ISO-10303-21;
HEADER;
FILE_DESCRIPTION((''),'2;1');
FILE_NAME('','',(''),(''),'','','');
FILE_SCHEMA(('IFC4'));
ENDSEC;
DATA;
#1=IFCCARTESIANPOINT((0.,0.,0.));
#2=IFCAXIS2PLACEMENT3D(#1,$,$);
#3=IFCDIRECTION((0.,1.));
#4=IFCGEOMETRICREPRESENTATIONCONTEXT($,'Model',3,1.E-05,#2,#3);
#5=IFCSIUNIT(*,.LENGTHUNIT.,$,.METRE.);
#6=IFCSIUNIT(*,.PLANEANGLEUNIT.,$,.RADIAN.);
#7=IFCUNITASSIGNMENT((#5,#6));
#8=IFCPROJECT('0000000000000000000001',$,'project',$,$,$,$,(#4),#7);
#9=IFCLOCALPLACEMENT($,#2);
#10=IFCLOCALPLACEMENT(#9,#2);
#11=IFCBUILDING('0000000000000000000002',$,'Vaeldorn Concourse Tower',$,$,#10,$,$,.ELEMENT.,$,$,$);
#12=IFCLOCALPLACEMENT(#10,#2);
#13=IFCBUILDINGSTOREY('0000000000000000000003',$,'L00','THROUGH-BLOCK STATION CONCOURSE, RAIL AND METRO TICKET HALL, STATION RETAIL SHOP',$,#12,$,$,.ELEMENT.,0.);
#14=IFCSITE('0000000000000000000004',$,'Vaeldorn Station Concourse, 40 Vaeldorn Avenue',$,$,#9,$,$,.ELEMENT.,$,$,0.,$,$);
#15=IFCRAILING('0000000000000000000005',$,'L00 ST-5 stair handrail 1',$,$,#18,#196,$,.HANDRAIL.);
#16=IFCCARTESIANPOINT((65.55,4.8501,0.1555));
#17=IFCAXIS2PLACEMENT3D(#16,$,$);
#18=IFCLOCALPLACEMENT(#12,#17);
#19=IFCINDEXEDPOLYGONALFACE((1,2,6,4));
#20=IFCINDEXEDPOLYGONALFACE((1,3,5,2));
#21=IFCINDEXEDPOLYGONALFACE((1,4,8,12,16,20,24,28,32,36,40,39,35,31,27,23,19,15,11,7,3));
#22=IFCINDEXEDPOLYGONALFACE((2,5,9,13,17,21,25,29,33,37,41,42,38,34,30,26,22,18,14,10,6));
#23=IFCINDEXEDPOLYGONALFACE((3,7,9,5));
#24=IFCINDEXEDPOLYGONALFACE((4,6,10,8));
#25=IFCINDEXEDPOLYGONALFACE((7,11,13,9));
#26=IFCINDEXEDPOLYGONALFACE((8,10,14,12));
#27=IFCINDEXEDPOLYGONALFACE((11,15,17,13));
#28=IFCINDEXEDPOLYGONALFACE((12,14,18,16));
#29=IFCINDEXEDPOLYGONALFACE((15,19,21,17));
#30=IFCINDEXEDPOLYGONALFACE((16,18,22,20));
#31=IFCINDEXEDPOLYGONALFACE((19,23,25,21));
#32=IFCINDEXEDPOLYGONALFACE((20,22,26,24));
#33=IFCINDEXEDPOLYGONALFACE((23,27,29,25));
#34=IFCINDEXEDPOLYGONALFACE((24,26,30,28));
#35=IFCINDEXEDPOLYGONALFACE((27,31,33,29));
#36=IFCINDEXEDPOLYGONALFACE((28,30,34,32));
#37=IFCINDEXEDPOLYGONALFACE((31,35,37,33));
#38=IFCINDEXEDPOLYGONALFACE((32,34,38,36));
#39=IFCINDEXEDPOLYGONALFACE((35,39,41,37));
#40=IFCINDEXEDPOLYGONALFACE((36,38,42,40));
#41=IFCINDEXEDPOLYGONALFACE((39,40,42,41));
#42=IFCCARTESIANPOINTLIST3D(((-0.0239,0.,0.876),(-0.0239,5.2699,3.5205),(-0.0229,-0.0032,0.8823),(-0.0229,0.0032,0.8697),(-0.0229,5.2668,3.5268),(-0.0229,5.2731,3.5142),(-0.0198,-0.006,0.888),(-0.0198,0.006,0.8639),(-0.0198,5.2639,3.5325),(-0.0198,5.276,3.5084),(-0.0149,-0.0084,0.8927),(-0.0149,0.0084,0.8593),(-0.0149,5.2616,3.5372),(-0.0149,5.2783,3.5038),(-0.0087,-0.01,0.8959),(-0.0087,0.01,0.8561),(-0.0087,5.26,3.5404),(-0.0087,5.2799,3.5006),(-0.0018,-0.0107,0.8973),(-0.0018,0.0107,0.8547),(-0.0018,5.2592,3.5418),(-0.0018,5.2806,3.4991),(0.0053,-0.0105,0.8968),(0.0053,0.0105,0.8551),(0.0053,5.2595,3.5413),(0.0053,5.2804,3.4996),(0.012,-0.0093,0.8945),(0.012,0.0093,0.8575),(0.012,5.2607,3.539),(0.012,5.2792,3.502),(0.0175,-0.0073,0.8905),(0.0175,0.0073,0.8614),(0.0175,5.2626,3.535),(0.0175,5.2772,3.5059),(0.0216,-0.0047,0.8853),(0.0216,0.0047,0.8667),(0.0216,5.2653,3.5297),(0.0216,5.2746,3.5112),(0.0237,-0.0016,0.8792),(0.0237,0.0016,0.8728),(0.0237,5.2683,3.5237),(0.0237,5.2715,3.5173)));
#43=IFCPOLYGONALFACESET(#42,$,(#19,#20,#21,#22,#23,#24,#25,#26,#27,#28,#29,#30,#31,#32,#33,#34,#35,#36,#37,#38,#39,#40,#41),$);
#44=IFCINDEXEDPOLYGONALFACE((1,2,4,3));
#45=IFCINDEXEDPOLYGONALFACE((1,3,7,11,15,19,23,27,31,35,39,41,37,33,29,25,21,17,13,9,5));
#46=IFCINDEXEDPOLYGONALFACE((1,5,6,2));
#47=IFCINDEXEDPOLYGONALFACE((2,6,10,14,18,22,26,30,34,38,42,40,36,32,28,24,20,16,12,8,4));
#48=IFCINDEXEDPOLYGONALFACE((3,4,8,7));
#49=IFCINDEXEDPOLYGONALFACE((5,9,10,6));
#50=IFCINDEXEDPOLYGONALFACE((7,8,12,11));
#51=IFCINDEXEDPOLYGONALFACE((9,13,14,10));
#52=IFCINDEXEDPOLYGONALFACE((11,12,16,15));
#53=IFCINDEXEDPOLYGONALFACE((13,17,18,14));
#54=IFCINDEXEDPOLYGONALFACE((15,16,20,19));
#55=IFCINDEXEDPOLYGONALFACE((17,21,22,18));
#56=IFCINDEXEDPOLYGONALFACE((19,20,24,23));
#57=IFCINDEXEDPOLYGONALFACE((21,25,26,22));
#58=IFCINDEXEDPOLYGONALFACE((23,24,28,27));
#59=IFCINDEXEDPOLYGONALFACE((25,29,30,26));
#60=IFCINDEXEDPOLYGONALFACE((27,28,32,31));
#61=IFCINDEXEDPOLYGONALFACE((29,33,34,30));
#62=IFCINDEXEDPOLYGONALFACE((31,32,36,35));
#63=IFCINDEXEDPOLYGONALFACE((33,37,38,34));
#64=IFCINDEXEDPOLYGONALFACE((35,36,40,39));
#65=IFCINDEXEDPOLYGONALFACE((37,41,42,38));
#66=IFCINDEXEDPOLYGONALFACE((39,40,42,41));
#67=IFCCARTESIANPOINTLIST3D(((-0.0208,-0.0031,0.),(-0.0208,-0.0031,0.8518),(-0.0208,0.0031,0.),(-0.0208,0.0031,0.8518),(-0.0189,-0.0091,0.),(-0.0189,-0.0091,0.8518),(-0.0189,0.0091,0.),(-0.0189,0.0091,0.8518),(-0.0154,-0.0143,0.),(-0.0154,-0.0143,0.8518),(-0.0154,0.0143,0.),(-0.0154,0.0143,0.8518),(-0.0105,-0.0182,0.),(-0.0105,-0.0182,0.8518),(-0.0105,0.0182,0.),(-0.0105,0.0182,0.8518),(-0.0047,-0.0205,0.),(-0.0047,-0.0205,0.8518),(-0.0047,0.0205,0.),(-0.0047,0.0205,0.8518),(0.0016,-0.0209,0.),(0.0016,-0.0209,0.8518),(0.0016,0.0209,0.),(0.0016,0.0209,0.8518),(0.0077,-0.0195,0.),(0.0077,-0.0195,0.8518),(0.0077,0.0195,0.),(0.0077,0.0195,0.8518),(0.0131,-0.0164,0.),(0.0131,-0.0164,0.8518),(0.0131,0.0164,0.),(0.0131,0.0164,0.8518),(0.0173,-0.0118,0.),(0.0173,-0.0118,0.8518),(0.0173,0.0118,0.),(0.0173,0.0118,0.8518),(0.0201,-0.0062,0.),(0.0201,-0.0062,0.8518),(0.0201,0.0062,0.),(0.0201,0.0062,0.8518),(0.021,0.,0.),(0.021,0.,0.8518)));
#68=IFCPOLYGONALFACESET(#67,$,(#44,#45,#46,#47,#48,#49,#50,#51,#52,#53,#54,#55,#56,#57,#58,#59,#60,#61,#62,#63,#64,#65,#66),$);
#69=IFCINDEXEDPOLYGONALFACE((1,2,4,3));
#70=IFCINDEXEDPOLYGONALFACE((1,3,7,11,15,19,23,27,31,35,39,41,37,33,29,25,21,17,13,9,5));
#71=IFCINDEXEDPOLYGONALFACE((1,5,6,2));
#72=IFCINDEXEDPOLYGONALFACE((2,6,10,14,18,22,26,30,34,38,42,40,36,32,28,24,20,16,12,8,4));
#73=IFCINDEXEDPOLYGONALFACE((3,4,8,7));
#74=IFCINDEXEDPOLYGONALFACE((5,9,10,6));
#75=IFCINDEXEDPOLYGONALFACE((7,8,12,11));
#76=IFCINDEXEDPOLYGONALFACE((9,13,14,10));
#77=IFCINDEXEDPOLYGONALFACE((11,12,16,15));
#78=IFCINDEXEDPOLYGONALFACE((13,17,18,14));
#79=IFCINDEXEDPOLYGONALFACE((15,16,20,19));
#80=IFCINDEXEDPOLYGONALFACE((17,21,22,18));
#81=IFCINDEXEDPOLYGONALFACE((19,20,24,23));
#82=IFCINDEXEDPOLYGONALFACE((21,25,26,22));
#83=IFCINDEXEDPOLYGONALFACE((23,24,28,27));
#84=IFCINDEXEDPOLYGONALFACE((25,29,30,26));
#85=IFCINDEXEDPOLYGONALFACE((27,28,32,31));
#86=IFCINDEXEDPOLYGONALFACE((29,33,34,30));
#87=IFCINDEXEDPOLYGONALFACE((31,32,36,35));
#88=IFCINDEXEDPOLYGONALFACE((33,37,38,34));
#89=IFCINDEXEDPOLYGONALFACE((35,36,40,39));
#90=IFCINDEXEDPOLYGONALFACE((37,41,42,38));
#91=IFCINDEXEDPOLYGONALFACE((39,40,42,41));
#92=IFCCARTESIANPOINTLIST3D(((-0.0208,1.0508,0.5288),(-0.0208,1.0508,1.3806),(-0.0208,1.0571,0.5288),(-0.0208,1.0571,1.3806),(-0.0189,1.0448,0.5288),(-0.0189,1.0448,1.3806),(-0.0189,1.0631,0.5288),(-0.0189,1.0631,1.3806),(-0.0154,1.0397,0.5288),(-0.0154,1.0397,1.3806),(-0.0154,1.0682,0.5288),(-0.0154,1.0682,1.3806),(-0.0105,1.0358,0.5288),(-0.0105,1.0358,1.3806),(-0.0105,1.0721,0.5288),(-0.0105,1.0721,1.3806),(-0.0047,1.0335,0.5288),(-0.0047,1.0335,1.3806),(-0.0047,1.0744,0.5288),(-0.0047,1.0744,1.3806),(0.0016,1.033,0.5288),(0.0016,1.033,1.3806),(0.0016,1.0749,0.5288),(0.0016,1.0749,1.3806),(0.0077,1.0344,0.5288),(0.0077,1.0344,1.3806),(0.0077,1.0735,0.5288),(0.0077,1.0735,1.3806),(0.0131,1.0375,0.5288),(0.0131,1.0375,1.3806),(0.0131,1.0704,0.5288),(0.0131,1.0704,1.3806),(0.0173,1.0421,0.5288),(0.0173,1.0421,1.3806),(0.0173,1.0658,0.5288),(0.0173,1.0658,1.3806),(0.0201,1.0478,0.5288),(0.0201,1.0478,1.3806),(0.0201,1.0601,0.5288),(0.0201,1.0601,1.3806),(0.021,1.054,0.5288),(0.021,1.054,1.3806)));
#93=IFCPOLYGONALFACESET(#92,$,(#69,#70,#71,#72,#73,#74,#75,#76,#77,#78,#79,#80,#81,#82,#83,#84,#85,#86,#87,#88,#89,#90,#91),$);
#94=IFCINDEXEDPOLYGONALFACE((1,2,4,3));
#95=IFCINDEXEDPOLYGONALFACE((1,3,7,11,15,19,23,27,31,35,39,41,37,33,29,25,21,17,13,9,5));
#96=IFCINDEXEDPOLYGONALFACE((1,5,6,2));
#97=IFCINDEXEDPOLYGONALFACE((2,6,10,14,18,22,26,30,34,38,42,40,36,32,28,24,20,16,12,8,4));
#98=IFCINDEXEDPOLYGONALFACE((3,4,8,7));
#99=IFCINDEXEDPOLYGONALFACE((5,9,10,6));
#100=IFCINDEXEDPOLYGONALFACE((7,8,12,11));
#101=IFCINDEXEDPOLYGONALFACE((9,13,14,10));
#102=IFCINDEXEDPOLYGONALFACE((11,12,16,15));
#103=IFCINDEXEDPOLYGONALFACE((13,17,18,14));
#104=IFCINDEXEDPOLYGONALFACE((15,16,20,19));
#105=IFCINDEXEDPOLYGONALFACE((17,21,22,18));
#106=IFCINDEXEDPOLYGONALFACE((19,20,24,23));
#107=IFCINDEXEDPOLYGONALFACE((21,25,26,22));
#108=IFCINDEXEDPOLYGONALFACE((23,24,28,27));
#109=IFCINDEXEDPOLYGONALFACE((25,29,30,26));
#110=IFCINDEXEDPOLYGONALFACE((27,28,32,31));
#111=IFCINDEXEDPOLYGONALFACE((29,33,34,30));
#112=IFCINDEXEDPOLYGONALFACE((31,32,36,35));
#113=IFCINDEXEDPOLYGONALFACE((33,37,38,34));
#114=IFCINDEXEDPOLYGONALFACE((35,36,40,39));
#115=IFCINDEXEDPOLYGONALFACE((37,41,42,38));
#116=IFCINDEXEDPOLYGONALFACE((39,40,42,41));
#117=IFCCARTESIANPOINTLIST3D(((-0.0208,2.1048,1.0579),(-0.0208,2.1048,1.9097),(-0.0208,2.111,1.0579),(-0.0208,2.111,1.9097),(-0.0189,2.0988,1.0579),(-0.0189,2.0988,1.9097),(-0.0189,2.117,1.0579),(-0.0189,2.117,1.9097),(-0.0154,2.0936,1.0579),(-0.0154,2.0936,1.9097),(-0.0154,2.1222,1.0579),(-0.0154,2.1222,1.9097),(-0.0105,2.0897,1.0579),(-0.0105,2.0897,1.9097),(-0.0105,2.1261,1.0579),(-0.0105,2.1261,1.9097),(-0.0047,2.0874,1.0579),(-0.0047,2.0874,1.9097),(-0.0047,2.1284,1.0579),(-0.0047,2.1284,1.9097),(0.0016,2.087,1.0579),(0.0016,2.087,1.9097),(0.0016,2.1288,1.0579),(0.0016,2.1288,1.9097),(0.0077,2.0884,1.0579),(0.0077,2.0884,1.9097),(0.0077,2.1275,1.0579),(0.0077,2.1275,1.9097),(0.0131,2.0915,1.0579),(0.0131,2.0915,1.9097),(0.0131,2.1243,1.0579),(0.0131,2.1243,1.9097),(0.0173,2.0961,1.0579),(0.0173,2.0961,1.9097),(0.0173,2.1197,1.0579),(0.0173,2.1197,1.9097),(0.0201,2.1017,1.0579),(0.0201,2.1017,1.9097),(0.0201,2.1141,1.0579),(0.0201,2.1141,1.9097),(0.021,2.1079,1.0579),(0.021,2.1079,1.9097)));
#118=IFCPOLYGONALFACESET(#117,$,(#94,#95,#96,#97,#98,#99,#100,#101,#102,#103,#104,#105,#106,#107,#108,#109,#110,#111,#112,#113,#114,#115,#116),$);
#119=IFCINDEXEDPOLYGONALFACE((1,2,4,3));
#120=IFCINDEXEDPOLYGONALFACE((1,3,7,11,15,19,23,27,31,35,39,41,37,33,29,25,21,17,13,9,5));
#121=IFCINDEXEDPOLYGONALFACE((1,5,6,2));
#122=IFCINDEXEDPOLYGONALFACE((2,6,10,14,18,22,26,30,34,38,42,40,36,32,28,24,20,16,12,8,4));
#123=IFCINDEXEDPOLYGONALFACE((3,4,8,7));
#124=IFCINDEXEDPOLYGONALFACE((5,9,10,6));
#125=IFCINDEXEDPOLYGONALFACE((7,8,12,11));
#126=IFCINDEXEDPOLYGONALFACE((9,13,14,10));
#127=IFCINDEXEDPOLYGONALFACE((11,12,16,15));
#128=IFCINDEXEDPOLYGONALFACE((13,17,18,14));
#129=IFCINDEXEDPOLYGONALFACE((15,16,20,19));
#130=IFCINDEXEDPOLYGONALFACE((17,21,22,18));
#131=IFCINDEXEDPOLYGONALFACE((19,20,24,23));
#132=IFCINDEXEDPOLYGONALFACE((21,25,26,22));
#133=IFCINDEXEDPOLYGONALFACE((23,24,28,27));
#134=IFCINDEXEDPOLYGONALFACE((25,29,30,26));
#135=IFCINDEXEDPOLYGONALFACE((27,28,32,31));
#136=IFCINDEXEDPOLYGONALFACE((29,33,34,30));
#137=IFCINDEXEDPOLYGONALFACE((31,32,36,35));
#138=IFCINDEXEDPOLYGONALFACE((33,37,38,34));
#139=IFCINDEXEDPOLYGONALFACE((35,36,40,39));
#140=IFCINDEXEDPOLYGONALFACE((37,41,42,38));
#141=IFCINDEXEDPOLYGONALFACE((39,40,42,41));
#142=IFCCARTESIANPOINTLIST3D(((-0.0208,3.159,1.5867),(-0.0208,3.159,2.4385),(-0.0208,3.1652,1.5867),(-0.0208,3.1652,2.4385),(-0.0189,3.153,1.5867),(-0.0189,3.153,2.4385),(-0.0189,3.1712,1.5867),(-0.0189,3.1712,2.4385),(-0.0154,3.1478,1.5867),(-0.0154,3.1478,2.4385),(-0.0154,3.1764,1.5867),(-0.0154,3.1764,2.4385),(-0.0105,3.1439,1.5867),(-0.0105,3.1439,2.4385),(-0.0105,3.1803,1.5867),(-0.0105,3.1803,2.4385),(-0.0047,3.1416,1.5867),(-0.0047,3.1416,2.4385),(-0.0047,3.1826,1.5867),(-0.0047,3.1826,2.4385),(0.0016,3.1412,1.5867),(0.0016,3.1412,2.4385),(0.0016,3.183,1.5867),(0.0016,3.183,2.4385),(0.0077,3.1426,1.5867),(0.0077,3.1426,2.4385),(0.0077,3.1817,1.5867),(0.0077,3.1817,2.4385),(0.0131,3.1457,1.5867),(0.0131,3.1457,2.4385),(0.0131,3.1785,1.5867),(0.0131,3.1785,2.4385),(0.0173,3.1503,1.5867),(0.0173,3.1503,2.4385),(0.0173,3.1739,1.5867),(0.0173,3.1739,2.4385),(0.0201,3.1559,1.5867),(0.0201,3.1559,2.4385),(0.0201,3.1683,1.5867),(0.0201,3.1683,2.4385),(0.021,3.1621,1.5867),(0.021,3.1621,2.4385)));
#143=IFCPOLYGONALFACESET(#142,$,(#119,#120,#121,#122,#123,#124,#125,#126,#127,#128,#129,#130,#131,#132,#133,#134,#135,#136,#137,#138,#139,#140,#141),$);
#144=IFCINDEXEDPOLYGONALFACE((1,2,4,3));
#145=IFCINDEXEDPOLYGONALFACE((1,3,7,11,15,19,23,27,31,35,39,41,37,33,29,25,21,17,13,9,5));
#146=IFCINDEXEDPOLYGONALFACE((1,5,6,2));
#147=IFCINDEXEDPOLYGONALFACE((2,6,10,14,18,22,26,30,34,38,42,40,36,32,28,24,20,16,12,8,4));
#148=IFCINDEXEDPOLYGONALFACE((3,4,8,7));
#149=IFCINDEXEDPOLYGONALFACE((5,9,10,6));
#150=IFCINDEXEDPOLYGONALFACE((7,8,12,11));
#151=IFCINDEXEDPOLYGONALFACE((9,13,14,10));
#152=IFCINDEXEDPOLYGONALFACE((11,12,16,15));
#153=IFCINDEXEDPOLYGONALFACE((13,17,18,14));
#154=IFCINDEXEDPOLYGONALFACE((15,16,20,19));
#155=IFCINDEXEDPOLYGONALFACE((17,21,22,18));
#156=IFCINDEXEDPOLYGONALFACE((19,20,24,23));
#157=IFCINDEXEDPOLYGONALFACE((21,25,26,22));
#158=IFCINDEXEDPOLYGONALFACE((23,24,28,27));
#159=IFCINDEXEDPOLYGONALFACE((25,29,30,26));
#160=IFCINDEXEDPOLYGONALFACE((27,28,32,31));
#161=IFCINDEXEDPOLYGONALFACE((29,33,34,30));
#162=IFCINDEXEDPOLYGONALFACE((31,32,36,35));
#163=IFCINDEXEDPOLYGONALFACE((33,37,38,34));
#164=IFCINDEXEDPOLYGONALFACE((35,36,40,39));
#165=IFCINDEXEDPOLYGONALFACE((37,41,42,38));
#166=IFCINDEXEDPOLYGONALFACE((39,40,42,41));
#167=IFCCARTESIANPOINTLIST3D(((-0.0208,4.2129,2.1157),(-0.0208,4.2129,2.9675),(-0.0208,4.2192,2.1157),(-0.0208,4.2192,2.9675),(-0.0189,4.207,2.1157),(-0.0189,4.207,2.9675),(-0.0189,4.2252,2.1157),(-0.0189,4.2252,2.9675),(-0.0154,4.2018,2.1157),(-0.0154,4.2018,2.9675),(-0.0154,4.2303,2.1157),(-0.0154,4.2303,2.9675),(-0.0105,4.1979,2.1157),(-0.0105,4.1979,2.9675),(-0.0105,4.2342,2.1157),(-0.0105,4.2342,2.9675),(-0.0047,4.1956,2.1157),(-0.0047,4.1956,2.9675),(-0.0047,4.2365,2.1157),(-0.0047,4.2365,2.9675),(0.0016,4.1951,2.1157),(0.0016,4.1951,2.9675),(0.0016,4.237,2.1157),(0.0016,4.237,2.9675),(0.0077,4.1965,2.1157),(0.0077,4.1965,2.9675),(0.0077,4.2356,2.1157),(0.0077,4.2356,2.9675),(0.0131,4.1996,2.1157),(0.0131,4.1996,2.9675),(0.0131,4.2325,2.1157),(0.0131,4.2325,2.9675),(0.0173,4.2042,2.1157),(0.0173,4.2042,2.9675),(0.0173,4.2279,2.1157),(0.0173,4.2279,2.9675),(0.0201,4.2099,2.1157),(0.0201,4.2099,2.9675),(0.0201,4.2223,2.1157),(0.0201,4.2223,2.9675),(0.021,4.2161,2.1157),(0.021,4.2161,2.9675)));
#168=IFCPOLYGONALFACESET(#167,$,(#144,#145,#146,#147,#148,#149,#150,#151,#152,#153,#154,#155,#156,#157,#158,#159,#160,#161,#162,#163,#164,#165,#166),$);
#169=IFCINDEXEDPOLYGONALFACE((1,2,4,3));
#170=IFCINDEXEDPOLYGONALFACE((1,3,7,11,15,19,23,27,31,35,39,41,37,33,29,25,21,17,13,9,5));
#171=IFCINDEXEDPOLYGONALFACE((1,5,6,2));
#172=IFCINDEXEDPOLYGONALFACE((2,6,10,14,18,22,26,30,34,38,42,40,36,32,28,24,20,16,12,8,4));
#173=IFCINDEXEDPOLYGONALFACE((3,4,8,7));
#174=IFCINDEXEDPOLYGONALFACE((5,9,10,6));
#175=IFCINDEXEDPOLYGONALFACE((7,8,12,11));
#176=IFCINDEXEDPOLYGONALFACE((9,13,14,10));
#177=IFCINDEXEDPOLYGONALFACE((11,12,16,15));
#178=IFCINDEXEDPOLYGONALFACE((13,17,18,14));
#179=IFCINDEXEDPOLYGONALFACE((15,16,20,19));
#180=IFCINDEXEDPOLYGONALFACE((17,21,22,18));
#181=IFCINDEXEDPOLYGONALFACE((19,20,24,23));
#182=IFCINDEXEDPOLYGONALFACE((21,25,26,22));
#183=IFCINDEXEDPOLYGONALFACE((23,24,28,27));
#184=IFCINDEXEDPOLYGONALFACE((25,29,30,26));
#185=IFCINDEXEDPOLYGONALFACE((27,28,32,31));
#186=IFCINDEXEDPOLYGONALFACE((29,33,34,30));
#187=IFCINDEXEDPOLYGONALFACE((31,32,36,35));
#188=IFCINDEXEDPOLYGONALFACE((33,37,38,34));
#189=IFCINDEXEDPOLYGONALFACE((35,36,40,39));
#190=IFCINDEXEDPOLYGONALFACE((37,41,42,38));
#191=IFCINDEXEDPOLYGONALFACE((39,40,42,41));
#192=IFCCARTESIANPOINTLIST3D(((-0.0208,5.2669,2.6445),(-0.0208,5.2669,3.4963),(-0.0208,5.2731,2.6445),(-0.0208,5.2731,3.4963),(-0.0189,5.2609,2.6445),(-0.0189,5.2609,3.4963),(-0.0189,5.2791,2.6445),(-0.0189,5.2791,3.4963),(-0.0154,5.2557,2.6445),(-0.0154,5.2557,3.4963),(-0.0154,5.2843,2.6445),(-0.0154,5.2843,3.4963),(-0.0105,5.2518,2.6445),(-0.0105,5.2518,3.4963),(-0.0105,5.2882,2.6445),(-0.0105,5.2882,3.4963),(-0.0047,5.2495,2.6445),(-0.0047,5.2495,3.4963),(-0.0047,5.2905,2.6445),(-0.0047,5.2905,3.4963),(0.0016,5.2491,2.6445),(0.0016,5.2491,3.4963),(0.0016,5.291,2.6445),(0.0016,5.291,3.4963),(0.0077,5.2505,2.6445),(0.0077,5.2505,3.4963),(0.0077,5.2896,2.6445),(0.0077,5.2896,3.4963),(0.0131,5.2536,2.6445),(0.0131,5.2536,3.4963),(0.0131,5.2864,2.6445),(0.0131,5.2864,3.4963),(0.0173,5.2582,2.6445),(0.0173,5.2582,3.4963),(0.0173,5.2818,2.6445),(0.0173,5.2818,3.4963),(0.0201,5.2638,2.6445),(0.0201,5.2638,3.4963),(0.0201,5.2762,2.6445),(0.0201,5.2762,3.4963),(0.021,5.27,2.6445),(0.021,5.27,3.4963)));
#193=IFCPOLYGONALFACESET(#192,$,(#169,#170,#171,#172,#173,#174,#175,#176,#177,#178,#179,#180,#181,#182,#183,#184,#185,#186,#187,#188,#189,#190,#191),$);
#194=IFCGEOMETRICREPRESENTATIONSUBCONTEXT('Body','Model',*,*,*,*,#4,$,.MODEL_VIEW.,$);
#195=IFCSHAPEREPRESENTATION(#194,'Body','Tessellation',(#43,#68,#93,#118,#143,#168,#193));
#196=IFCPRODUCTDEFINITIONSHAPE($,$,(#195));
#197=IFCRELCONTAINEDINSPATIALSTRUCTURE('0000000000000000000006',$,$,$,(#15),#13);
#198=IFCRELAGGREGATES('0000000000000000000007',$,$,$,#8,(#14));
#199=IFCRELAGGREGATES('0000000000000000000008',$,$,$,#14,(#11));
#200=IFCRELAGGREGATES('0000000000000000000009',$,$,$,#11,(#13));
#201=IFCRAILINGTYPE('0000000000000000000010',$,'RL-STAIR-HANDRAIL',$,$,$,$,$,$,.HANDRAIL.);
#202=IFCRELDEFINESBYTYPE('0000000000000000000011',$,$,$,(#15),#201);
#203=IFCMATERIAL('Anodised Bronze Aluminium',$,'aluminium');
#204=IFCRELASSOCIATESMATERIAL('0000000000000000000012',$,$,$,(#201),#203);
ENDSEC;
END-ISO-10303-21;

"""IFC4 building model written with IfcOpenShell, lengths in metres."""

from ifc_helpers import new_model, si_unit, direction, frame, origin, origin_2d, place, context, subcontext, project, spatial, circle, extrude, material, type_object, element, save


model = new_model("IFC4")

# Units and contexts
model_context = context("Model", 3, precision=1e-05, world=origin(), true_north=direction((0.0, 1.0)))
body_context = subcontext(model_context, "Body", "Model", "MODEL_VIEW")
ifc_project = project(units=[si_unit("LENGTHUNIT", "METRE"), si_unit("PLANEANGLEUNIT", "RADIAN")], contexts=[model_context])

# Site, building, storey
site_placement = place(None, origin())
site = spatial("IfcSite", under=ifc_project, at=site_placement, Name="Vaeldorn Station Concourse, 40 Vaeldorn Avenue", CompositionType="ELEMENT", RefElevation=0.0)
building_placement = place(site_placement, origin())
building = spatial("IfcBuilding", under=site, at=building_placement, Name="Vaeldorn Concourse Tower", CompositionType="ELEMENT")
storey_placement = place(building_placement, origin())
storey = spatial("IfcBuildingStorey", under=building, at=storey_placement, Name="L00", Description="THROUGH-BLOCK STATION CONCOURSE, RAIL AND METRO TICKET HALL, STATION RETAIL SHOP", CompositionType="ELEMENT", Elevation=0.0)

# Shared definitions
ifc_material_1 = material(Name="Anodised Bronze Aluminium", Category="aluminium")

# Railing
railing_type_1 = type_object("IfcRailingType", Name="RL-STAIR-HANDRAIL", PredefinedType="HANDRAIL", material=ifc_material_1)
railing_1_placement = place(storey_placement, frame((65.55, 4.8501, 0.1555)))
element("IfcRailing", 1, at=railing_1_placement, inside=storey, type_object=railing_type_1, Name="L00 ST-5 stair handrail 1", PredefinedType="HANDRAIL", context=body_context, shape_type="SweptSolid", body=[
    extrude(circle(Radius=0.0239, at=origin_2d()), frame((0.0, 0.0, 0.876), z_axis=(0.0, 0.89378, 0.448505), x_axis=(-1.0, 0.0, 0.0)), (0.0, 0.0, 1.0), 5.8962),
    extrude(circle(Radius=0.021, at=origin_2d()), origin(), (0.0, 0.0, 1.0), 0.8518),
    extrude(circle(Radius=0.021, at=origin_2d()), frame((0.0, 1.054, 0.5288)), (0.0, 0.0, 1.0), 0.8518),
    extrude(circle(Radius=0.021, at=origin_2d()), frame((0.0, 2.1079, 1.0579)), (0.0, 0.0, 1.0), 0.8518),
    extrude(circle(Radius=0.021, at=origin_2d()), frame((0.0, 3.1621, 1.5867)), (0.0, 0.0, 1.0), 0.8518),
    extrude(circle(Radius=0.021, at=origin_2d()), frame((0.0, 4.2161, 2.1157)), (0.0, 0.0, 1.0), 0.8518),
    extrude(circle(Radius=0.021, at=origin_2d()), frame((0.0, 5.27, 2.6445)), (0.0, 0.0, 1.0), 0.8518),
])

save(model, "model.ifc")
